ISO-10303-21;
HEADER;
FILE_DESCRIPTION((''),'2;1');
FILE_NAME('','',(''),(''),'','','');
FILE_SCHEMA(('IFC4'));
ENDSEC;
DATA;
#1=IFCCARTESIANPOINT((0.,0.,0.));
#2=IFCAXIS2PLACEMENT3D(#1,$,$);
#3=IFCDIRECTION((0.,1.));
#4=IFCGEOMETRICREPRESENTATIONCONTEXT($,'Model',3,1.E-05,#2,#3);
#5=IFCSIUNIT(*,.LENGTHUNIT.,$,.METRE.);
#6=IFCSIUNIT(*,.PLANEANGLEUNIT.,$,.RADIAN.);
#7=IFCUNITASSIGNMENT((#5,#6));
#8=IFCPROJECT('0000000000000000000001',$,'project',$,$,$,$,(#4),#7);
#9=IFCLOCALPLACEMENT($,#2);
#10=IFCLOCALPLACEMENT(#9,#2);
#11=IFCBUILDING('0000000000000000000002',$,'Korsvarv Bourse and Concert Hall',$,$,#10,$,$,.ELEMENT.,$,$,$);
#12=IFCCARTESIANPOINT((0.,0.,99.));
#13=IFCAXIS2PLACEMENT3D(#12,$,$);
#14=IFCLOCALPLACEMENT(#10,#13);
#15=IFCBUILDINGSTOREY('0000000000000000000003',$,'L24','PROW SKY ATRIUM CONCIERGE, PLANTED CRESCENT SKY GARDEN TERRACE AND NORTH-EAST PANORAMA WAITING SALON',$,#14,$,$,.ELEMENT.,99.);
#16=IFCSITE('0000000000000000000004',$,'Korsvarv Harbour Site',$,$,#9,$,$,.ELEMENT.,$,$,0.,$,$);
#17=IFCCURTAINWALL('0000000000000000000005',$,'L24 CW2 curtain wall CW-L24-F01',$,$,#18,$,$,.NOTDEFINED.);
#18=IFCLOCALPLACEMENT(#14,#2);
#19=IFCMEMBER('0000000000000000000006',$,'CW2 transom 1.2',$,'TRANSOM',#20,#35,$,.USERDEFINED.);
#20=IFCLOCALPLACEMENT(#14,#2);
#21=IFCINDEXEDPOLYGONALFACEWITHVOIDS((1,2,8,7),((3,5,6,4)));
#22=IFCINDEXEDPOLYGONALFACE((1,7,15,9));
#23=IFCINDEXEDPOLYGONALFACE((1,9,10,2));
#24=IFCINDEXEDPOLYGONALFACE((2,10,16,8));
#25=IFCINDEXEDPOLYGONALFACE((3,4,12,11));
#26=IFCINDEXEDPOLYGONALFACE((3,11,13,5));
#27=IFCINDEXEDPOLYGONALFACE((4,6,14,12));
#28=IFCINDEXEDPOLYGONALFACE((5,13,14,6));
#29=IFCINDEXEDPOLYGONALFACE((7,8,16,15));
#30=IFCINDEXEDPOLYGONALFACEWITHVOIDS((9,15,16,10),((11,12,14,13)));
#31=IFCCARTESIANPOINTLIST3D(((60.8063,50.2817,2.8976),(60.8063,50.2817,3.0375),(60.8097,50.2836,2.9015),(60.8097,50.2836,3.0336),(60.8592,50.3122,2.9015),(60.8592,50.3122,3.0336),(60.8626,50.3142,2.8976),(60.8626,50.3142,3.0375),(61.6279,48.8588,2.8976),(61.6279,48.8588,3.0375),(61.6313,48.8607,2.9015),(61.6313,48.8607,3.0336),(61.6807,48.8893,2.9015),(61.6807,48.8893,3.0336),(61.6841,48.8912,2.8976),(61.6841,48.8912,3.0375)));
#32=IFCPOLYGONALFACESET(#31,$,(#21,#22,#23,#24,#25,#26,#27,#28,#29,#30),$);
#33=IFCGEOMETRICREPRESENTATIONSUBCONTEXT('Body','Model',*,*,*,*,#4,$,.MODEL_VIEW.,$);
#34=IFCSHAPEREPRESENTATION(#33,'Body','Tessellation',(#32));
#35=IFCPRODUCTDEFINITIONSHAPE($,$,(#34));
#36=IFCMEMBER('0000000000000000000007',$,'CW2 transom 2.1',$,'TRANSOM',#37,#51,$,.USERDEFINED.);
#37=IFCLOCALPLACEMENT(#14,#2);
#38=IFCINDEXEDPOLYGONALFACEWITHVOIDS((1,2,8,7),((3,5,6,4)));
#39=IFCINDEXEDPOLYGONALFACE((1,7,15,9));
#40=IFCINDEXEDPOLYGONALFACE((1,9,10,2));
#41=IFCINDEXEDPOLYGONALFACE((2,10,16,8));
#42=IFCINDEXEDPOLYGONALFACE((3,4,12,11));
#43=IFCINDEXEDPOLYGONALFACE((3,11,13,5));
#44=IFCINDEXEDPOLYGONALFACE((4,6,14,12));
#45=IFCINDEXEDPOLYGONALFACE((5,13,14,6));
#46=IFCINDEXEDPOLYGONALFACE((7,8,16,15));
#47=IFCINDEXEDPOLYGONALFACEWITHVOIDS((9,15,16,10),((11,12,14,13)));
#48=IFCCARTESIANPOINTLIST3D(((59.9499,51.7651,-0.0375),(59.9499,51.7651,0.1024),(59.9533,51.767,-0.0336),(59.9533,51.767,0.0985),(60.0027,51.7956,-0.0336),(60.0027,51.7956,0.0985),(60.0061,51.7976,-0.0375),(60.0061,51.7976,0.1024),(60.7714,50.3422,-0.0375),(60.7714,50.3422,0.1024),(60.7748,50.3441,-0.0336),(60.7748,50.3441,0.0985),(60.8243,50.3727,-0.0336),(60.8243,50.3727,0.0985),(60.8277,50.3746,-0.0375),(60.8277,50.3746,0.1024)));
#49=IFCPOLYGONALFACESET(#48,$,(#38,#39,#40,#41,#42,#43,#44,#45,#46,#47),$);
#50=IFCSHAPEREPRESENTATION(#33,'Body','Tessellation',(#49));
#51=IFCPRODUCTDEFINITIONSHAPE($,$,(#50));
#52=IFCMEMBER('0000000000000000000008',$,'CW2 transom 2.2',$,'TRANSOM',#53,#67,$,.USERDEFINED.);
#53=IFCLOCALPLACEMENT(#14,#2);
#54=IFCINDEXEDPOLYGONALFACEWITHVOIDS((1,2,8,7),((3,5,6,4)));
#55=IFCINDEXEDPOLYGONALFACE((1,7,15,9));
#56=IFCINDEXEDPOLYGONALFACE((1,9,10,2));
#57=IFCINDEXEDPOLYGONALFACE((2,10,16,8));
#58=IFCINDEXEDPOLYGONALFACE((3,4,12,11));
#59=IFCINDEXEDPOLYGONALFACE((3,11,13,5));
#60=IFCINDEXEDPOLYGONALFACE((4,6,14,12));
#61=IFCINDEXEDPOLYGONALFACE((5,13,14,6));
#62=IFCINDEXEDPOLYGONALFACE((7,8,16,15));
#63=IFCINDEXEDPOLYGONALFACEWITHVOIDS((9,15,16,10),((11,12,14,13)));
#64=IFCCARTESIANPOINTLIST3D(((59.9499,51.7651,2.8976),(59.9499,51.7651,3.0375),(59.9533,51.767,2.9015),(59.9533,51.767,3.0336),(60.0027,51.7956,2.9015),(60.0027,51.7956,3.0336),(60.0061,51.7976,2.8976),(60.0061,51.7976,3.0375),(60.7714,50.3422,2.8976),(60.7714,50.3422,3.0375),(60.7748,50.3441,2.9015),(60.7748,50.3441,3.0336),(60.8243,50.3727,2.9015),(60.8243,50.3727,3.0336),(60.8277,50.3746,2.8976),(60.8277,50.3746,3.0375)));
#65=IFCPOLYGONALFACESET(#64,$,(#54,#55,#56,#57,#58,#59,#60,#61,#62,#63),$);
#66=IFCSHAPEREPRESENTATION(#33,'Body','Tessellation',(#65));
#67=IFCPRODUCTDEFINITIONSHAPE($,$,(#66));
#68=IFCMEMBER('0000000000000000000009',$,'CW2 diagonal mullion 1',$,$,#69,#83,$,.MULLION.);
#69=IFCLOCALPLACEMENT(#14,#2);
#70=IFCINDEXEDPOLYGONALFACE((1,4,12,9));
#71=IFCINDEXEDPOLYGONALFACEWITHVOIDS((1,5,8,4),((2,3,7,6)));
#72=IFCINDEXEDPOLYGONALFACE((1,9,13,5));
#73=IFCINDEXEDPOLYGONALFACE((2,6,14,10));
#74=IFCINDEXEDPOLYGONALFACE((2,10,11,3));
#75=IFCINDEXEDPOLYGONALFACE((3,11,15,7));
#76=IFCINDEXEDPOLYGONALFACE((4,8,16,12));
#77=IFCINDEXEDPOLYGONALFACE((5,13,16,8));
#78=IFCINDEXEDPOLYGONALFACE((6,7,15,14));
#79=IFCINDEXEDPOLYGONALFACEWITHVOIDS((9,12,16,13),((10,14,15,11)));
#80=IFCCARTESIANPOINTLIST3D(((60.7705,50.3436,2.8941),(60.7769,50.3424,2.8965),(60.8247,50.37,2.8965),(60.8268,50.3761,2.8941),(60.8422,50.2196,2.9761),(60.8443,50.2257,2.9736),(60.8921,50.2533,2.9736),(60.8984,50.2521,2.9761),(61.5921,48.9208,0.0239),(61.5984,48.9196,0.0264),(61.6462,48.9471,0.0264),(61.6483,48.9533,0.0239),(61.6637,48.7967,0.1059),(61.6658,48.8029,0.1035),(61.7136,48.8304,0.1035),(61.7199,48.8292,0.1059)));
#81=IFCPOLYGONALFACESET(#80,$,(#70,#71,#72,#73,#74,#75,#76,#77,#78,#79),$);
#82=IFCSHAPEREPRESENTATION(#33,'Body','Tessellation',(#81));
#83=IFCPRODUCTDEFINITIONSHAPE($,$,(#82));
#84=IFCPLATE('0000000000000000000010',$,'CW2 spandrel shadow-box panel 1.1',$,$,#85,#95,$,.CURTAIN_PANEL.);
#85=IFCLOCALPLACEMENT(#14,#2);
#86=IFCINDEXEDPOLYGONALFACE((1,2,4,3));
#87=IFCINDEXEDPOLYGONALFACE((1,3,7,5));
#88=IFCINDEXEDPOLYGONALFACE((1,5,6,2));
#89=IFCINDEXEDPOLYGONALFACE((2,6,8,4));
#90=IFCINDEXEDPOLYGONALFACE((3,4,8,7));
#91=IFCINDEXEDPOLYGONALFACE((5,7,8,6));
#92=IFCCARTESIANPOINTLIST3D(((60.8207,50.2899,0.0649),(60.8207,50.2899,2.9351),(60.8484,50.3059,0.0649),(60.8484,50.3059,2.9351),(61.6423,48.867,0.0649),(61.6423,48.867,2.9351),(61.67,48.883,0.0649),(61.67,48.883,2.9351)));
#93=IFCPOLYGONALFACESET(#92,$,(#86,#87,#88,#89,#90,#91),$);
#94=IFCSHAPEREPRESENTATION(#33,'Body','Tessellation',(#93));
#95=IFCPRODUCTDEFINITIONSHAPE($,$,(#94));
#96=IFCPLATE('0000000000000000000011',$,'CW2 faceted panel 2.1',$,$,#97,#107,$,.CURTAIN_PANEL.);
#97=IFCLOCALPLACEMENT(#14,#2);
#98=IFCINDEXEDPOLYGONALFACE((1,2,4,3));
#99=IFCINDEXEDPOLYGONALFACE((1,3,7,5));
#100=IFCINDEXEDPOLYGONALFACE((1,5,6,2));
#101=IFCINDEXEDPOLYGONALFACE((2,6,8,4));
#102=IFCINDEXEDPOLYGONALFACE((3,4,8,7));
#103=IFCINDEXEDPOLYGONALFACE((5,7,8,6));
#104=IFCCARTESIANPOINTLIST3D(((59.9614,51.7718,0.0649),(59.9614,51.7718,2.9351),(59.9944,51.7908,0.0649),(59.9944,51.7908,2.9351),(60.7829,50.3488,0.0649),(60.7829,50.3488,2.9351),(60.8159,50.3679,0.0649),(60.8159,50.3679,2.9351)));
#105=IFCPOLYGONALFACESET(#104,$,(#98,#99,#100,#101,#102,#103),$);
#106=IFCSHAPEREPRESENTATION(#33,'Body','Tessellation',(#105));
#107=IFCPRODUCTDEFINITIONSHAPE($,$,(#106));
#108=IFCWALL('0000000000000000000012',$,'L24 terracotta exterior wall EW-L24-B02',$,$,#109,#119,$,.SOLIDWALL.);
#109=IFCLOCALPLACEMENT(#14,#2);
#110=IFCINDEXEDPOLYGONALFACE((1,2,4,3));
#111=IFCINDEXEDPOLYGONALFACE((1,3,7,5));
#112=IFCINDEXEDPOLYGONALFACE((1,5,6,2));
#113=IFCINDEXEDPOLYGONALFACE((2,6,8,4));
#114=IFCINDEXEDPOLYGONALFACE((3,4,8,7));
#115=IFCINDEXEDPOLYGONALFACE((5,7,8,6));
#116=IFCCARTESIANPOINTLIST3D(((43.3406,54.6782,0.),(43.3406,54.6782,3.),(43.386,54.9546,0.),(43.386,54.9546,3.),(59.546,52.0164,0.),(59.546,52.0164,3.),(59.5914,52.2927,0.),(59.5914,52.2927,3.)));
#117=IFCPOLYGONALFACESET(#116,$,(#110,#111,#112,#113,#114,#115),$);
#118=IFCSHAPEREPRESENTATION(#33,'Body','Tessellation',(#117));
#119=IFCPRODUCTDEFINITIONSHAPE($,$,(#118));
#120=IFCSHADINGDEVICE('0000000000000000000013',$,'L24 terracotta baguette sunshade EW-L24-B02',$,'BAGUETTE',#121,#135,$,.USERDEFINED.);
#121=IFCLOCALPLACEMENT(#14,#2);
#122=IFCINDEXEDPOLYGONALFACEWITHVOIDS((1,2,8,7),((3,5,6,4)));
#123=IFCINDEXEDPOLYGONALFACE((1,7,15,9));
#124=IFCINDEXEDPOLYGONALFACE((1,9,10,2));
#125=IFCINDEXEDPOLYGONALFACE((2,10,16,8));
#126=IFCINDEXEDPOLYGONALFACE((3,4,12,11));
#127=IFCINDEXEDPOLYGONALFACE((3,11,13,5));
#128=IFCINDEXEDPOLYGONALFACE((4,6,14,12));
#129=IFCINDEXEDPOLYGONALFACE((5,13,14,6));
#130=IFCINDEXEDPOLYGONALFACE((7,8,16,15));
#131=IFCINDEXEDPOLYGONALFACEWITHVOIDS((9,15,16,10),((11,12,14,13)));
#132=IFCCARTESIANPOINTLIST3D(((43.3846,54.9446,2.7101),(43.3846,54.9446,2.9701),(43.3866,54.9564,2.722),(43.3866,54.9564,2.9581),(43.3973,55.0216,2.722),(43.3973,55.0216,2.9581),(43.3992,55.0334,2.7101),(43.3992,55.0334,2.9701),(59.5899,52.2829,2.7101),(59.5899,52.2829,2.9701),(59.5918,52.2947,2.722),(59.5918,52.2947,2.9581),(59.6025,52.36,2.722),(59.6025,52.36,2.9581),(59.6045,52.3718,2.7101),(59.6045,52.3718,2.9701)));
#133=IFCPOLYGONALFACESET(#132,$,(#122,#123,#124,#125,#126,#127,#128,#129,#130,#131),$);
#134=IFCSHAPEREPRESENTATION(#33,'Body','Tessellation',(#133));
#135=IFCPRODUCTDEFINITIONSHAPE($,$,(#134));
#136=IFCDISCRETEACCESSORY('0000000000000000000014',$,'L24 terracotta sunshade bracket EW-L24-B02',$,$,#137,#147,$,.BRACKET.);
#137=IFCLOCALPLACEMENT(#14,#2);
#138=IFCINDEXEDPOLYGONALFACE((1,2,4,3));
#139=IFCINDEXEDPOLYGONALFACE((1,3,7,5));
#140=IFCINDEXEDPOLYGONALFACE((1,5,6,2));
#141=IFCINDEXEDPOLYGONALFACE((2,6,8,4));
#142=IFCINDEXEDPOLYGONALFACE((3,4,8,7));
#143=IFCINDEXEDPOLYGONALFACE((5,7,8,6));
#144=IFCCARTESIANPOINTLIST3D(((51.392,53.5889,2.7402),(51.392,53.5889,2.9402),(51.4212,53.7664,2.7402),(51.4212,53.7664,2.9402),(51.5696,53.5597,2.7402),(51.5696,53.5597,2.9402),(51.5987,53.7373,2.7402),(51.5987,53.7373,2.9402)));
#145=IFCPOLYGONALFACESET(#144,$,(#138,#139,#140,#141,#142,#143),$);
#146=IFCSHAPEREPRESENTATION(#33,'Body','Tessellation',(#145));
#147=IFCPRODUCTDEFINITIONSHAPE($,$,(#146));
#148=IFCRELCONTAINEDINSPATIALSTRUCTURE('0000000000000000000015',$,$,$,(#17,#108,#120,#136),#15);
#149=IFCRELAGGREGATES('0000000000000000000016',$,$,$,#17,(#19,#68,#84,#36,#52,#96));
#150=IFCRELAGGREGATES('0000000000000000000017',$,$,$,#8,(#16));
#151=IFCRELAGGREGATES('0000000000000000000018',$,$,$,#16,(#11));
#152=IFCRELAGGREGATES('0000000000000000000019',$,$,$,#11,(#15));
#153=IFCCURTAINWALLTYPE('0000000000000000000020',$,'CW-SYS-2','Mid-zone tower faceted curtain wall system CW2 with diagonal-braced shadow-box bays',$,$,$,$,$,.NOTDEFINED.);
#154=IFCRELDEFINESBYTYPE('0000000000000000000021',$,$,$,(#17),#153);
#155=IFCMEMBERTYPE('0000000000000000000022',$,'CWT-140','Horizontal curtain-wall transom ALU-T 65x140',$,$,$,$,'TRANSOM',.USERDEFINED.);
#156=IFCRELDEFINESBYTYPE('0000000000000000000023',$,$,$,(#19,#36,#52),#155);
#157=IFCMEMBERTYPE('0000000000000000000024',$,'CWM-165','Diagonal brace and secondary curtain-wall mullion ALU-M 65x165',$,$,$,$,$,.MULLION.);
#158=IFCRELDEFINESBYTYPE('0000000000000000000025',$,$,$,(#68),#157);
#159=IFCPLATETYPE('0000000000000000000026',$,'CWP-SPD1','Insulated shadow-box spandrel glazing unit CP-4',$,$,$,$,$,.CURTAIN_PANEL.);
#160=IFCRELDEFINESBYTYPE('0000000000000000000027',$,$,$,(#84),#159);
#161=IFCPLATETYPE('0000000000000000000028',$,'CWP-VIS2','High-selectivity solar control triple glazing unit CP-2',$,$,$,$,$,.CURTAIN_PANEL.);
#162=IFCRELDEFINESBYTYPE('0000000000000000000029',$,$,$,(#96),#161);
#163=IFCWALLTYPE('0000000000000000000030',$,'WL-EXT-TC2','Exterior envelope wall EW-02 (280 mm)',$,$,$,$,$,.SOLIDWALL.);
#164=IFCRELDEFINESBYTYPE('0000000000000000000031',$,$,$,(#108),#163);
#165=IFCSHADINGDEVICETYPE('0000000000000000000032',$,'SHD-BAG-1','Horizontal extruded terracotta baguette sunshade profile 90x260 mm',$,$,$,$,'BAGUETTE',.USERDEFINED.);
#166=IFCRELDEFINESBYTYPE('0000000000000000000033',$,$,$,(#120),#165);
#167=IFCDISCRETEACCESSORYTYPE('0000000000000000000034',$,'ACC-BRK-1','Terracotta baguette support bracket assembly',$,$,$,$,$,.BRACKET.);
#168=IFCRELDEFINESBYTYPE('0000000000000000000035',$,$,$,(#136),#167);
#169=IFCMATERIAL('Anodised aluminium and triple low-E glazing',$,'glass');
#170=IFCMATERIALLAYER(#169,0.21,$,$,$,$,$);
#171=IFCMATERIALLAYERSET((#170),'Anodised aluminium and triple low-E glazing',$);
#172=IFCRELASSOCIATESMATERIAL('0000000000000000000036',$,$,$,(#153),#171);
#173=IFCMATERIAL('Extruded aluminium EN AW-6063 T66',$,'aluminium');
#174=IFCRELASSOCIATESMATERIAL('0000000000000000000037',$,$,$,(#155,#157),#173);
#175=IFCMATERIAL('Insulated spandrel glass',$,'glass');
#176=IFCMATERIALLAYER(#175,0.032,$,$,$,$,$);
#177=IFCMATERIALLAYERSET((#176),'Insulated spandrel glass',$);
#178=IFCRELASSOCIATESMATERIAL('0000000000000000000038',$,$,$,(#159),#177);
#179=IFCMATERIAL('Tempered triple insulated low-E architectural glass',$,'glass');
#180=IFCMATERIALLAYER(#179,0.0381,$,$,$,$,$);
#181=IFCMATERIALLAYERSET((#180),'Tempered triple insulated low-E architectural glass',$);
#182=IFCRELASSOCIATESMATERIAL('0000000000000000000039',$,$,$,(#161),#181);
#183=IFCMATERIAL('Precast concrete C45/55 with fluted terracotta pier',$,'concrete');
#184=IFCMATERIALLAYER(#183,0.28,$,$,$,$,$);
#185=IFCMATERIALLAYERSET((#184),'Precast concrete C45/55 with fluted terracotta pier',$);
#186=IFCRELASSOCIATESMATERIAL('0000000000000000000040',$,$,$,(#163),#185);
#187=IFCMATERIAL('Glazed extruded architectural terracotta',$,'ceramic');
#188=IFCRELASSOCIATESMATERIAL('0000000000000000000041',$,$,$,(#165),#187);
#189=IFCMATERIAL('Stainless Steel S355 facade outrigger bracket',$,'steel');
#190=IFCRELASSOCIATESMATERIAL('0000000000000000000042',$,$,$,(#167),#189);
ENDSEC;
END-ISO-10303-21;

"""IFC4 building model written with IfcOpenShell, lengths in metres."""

from ifc_helpers import new_model, si_unit, direction, frame, frame_2d, origin, origin_2d, place, context, subcontext, project, spatial, rectangle, hollow_rectangle, extrude, source, transform, mapped, material, layer, layer_set, material_profile, profile_set, type_object, element, aggregate, save


model = new_model("IFC4")

# Units and contexts
model_context = context("Model", 3, precision=1e-05, world=origin(), true_north=direction((0.0, 1.0)))
body_context = subcontext(model_context, "Body", "Model", "MODEL_VIEW")
ifc_project = project(units=[si_unit("LENGTHUNIT", "METRE"), si_unit("PLANEANGLEUNIT", "RADIAN")], contexts=[model_context])

# Site, building, storey
site_placement = place(None, origin())
site = spatial("IfcSite", under=ifc_project, at=site_placement, Name="Korsvarv Harbour Site", CompositionType="ELEMENT", RefElevation=0.0)
building_placement = place(site_placement, origin())
building = spatial("IfcBuilding", under=site, at=building_placement, Name="Korsvarv Bourse and Concert Hall", CompositionType="ELEMENT")
storey_placement = place(building_placement, frame((0.0, 0.0, 99.0)))
storey = spatial("IfcBuildingStorey", under=building, at=storey_placement, Name="L24", Description="PROW SKY ATRIUM CONCIERGE, PLANTED CRESCENT SKY GARDEN TERRACE AND NORTH-EAST PANORAMA WAITING SALON", CompositionType="ELEMENT", Elevation=99.0)

# Curtain wall, members, plates
ifc_material_1 = material(Name="Anodised aluminium and triple low-E glazing", Category="glass")
ifc_layer_1 = layer(ifc_material_1, 0.21)
ifc_layer_set_1 = layer_set([ifc_layer_1], Name="Anodised aluminium and triple low-E glazing")
curtain_wall_type = type_object("IfcCurtainWallType", Name="CW-SYS-2", Description="Mid-zone tower faceted curtain wall system CW2 with diagonal-braced shadow-box bays", PredefinedType="NOTDEFINED", material=ifc_layer_set_1)
curtain_wall_placement = place(storey_placement, origin())
curtain_wall = element("IfcCurtainWall", 1, at=curtain_wall_placement, inside=storey, type_object=curtain_wall_type, Name="L24 CW2 curtain wall CW-L24-F01", PredefinedType="NOTDEFINED")
ifc_material_2 = material(Name="Extruded aluminium EN AW-6063 T66", Category="aluminium")
ifc_material_profile_1 = material_profile(ifc_material_2, hollow_rectangle(XDim=0.0649, YDim=0.1399, WallThickness=0.0039, at=origin_2d()), Name="ALU-T 65x140")
ifc_profile_set_1 = profile_set([ifc_material_profile_1], Name="Extruded aluminium EN AW-6063 T66")
member_type_1 = type_object("IfcMemberType", Name="CWT-140", Description="Horizontal curtain-wall transom ALU-T 65x140", ElementType="TRANSOM", PredefinedType="USERDEFINED", material=ifc_profile_set_1)
shared_shape_1 = source(origin(), body_context, "Body", "SweptSolid", [
    extrude(hollow_rectangle(XDim=0.0649, YDim=0.1399, WallThickness=0.0039, at=origin_2d()), origin(), (0.0, 0.0, 1.0), 1.6431),
])
member_1_placement = place(storey_placement, frame((61.656, 48.875, 2.9675), z_axis=(-0.500023, 0.866012, 0.0), x_axis=(-0.866012, -0.500023, 0.0)))
member_1 = element("IfcMember", 2, at=member_1_placement, type_object=member_type_1, Name="CW2 transom 1.2", ObjectType="TRANSOM", PredefinedType="USERDEFINED", context=body_context, shape_type="MappedRepresentation", body=[
    mapped(shared_shape_1, transform((0.0, 0.0, 0.0), scale=1.0)),
])
member_2_placement = place(storey_placement, frame((60.7996, 50.3584, 0.0325), z_axis=(-0.500023, 0.866012, 0.0), x_axis=(-0.866012, -0.500023, 0.0)))
member_2 = element("IfcMember", 3, at=member_2_placement, type_object=member_type_1, Name="CW2 transom 2.1", ObjectType="TRANSOM", PredefinedType="USERDEFINED", context=body_context, shape_type="MappedRepresentation", body=[
    mapped(shared_shape_1, transform((0.0, 0.0, 0.0), scale=1.0)),
])
member_3_placement = place(storey_placement, frame((60.7996, 50.3584, 2.9675), z_axis=(-0.500023, 0.866012, 0.0), x_axis=(-0.866012, -0.500023, 0.0)))
member_3 = element("IfcMember", 4, at=member_3_placement, type_object=member_type_1, Name="CW2 transom 2.2", ObjectType="TRANSOM", PredefinedType="USERDEFINED", context=body_context, shape_type="MappedRepresentation", body=[
    mapped(shared_shape_1, transform((0.0, 0.0, 0.0), scale=1.0)),
])
ifc_material_profile_2 = material_profile(ifc_material_2, hollow_rectangle(XDim=0.0649, YDim=0.165, WallThickness=0.0049, at=origin_2d()), Name="ALU-M 65x165")
ifc_profile_set_2 = profile_set([ifc_material_profile_2], Name="Extruded aluminium EN AW-6063 T66")
member_type_2 = type_object("IfcMemberType", Name="CWM-165", Description="Diagonal brace and secondary curtain-wall mullion ALU-M 65x165", PredefinedType="MULLION", material=ifc_profile_set_2)
shared_shape_2 = source(origin(), body_context, "Body", "SweptSolid", [
    extrude(hollow_rectangle(XDim=0.0649, YDim=0.165, WallThickness=0.0049, at=origin_2d()), origin(), (0.0, 0.0, 1.0), 3.3071),
])
member_4_placement = place(storey_placement, frame((61.656, 48.875, 0.0649), z_axis=(-0.248414, 0.43024, 0.867862), x_axis=(-0.866012, -0.500023, 0.0)))
member_4 = element("IfcMember", 5, at=member_4_placement, type_object=member_type_2, Name="CW2 diagonal mullion 1", PredefinedType="MULLION", context=body_context, shape_type="MappedRepresentation", body=[
    mapped(shared_shape_2, transform((0.0, 0.0, 0.0), scale=1.0)),
])
ifc_material_3 = material(Name="Insulated spandrel glass", Category="glass")
ifc_layer_2 = layer(ifc_material_3, 0.032)
ifc_layer_set_2 = layer_set([ifc_layer_2], Name="Insulated spandrel glass")
plate_type_1 = type_object("IfcPlateType", Name="CWP-SPD1", Description="Insulated shadow-box spandrel glazing unit CP-4", PredefinedType="CURTAIN_PANEL", material=ifc_layer_set_2)
shared_shape_3 = source(origin(), body_context, "Body", "SweptSolid", [
    extrude(rectangle(XDim=1.6431, YDim=0.032, at=origin_2d()), origin(), (0.0, 0.0, 1.0), 2.8701),
])
plate_1_placement = place(storey_placement, frame((61.2454, 49.5864, 0.0649), z_axis=(0.0, 0.0, 1.0), x_axis=(-0.500003, 0.866024, 0.0)))
plate_1 = element("IfcPlate", 6, at=plate_1_placement, type_object=plate_type_1, Name="CW2 spandrel shadow-box panel 1.1", PredefinedType="CURTAIN_PANEL", context=body_context, shape_type="MappedRepresentation", body=[
    mapped(shared_shape_3, transform((0.0, 0.0, 0.0), scale=1.0)),
])
ifc_material_4 = material(Name="Tempered triple insulated low-E architectural glass", Category="glass")
ifc_layer_3 = layer(ifc_material_4, 0.0381)
ifc_layer_set_3 = layer_set([ifc_layer_3], Name="Tempered triple insulated low-E architectural glass")
plate_type_2 = type_object("IfcPlateType", Name="CWP-VIS2", Description="High-selectivity solar control triple glazing unit CP-2", PredefinedType="CURTAIN_PANEL", material=ifc_layer_set_3)
shared_shape_4 = source(origin(), body_context, "Body", "SweptSolid", [
    extrude(rectangle(XDim=1.6431, YDim=0.0381, at=origin_2d()), origin(), (0.0, 0.0, 1.0), 2.8701),
])
plate_2_placement = place(storey_placement, frame((60.3887, 51.0698, 0.0649), z_axis=(0.0, 0.0, 1.0), x_axis=(-0.500003, 0.866024, 0.0)))
plate_2 = element("IfcPlate", 7, at=plate_2_placement, type_object=plate_type_2, Name="CW2 faceted panel 2.1", PredefinedType="CURTAIN_PANEL", context=body_context, shape_type="MappedRepresentation", body=[
    mapped(shared_shape_4, transform((0.0, 0.0, 0.0), scale=1.0)),
])
aggregate(curtain_wall, [member_1, member_4, plate_1, member_2, member_3, plate_2])

# Wall
ifc_material_5 = material(Name="Precast concrete C45/55 with fluted terracotta pier", Category="concrete")
ifc_layer_4 = layer(ifc_material_5, 0.28)
ifc_layer_set_4 = layer_set([ifc_layer_4], Name="Precast concrete C45/55 with fluted terracotta pier")
wall_type = type_object("IfcWallType", Name="WL-EXT-TC2", Description="Exterior envelope wall EW-02 (280 mm)", PredefinedType="SOLIDWALL", material=ifc_layer_set_4)
wall_placement = place(storey_placement, frame((59.5688, 52.1545, 0.0), z_axis=(0.0, 0.0, 1.0), x_axis=(-0.986777, 0.162084, 0.0)))
element("IfcWall", 8, at=wall_placement, inside=storey, type_object=wall_type, Name="L24 terracotta exterior wall EW-L24-B02", PredefinedType="SOLIDWALL", context=body_context, shape_type="SweptSolid", body=[
    extrude(rectangle(XDim=16.4226, YDim=0.28, at=frame_2d((8.2114, 0.0))), origin(), (0.0, 0.0, 1.0), 3.0),
])

# Shading device
ifc_material_6 = material(Name="Glazed extruded architectural terracotta", Category="ceramic")
ifc_material_profile_3 = material_profile(ifc_material_6, hollow_rectangle(XDim=0.0901, YDim=0.26, WallThickness=0.012, at=origin_2d()), Name="TC-BAG 90x260")
ifc_profile_set_3 = profile_set([ifc_material_profile_3], Name="Glazed extruded architectural terracotta")
shading_device_type = type_object("IfcShadingDeviceType", Name="SHD-BAG-1", Description="Horizontal extruded terracotta baguette sunshade profile 90x260 mm", ElementType="BAGUETTE", PredefinedType="USERDEFINED", material=ifc_profile_set_3)
shared_shape_5 = source(origin(), body_context, "Body", "SweptSolid", [
    extrude(hollow_rectangle(XDim=0.0901, YDim=0.26, WallThickness=0.012, at=origin_2d()), origin(), (0.0, 0.0, 1.0), 16.4224),
])
shading_device_placement = place(storey_placement, frame((59.5972, 52.3274, 2.8401), z_axis=(-0.986779, 0.162072, 0.0), x_axis=(-0.162072, -0.986779, 0.0)))
element("IfcShadingDevice", 9, at=shading_device_placement, inside=storey, type_object=shading_device_type, Name="L24 terracotta baguette sunshade EW-L24-B02", ObjectType="BAGUETTE", PredefinedType="USERDEFINED", context=body_context, shape_type="MappedRepresentation", body=[
    mapped(shared_shape_5, transform((0.0, 0.0, 0.0), scale=1.0)),
])

# Discrete accessory
ifc_material_7 = material(Name="Stainless Steel S355 facade outrigger bracket", Category="steel")
discrete_accessory_type = type_object("IfcDiscreteAccessoryType", Name="ACC-BRK-1", Description="Terracotta baguette support bracket assembly", PredefinedType="BRACKET", material=ifc_material_7)
shared_shape_6 = source(origin(), body_context, "Body", "SweptSolid", [
    extrude(rectangle(XDim=0.1799, YDim=0.1799, at=origin_2d()), origin(), (0.0, 0.0, 1.0), 0.2),
])
discrete_accessory_placement = place(storey_placement, frame((51.4954, 53.6631, 2.7402), z_axis=(0.0, 0.0, 1.0), x_axis=(-0.986771, 0.162121, 0.0)))
element("IfcDiscreteAccessory", 10, at=discrete_accessory_placement, inside=storey, type_object=discrete_accessory_type, Name="L24 terracotta sunshade bracket EW-L24-B02", PredefinedType="BRACKET", context=body_context, shape_type="MappedRepresentation", body=[
    mapped(shared_shape_6, transform((0.0, 0.0, 0.0), scale=1.0)),
])

save(model, "model.ifc")
